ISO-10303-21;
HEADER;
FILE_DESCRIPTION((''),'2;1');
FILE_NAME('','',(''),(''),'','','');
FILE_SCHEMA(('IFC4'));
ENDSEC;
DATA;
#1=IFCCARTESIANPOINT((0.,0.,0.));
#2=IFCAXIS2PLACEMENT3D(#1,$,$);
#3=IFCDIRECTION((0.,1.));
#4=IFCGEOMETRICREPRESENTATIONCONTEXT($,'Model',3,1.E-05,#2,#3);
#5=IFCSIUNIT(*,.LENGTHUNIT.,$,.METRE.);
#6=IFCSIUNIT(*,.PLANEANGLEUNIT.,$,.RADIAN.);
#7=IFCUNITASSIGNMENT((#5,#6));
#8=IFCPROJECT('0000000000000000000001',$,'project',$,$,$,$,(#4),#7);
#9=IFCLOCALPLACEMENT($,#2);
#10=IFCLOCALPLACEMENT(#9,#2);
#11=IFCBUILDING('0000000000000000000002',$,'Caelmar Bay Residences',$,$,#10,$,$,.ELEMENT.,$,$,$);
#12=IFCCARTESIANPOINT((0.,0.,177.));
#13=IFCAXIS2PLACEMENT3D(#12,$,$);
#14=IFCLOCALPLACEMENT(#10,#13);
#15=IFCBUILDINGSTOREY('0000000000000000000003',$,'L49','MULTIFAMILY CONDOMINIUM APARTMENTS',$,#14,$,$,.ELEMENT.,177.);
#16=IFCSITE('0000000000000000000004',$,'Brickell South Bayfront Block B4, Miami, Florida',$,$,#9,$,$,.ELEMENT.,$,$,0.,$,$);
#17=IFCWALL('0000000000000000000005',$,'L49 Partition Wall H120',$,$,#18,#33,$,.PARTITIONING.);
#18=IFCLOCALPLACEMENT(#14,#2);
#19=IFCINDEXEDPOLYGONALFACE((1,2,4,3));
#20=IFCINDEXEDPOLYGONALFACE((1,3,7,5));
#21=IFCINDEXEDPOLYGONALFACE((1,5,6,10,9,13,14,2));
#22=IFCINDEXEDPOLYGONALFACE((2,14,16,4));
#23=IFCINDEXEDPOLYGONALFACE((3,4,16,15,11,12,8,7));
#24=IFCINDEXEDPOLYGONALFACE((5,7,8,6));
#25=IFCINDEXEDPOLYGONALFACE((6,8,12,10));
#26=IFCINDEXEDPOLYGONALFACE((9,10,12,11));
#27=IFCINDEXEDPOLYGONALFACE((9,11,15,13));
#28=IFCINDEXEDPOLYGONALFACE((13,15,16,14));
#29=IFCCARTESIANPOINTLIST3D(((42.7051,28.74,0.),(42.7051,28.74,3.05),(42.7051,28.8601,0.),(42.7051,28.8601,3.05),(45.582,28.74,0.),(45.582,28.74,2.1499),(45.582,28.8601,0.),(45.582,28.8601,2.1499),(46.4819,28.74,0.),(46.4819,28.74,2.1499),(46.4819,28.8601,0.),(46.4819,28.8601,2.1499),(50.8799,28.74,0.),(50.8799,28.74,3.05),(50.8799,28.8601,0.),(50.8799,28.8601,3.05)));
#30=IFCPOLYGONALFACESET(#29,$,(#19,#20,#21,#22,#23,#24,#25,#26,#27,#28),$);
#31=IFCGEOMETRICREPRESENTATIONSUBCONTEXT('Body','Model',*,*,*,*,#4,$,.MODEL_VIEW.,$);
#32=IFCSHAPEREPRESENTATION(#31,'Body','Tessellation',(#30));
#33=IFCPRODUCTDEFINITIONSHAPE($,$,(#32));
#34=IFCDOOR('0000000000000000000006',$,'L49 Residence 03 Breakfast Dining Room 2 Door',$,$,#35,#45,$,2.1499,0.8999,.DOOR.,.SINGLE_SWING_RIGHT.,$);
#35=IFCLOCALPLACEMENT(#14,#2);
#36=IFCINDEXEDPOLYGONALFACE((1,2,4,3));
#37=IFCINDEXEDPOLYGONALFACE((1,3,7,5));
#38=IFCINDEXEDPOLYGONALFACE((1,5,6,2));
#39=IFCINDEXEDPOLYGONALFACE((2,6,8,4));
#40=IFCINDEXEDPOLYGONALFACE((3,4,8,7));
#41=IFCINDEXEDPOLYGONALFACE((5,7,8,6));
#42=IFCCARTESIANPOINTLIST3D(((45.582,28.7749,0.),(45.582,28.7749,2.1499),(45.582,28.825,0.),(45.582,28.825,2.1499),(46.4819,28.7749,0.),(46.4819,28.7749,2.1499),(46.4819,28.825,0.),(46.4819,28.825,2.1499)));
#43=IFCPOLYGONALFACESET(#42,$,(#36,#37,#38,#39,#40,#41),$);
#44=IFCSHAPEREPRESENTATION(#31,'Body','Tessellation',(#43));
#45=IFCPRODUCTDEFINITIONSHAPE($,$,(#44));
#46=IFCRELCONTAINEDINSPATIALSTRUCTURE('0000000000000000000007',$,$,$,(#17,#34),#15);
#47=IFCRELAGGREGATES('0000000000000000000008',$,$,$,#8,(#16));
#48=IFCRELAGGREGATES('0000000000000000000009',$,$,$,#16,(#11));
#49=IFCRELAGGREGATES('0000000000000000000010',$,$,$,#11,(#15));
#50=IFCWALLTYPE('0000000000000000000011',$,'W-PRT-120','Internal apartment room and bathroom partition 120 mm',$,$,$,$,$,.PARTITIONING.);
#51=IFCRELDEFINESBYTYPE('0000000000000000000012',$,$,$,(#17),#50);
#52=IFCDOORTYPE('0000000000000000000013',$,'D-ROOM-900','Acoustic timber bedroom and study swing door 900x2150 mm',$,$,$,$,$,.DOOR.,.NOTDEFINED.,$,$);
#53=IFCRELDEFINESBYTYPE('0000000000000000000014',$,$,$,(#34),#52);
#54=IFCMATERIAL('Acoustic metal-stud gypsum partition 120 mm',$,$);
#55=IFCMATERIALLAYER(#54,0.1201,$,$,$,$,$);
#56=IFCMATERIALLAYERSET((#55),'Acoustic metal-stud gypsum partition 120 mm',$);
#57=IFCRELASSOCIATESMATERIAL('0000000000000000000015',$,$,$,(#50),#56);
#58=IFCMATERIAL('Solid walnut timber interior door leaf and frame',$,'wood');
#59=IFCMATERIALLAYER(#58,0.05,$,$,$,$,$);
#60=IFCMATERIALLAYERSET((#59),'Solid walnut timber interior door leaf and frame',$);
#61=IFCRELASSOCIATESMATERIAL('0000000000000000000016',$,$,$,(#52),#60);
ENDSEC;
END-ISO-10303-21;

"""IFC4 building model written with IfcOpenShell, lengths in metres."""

from ifc_helpers import new_model, si_unit, direction, frame, frame_2d, origin, place, context, subcontext, project, spatial, rectangle, extrude, material, layer, layer_set, type_object, element, fill, save


model = new_model("IFC4")

# Units and contexts
model_context = context("Model", 3, precision=1e-05, world=origin(), true_north=direction((0.0, 1.0)))
body_context = subcontext(model_context, "Body", "Model", "MODEL_VIEW")
ifc_project = project(units=[si_unit("LENGTHUNIT", "METRE"), si_unit("PLANEANGLEUNIT", "RADIAN")], contexts=[model_context])

# Site, building, storey
site_placement = place(None, origin())
site = spatial("IfcSite", under=ifc_project, at=site_placement, Name="Brickell South Bayfront Block B4, Miami, Florida", CompositionType="ELEMENT", RefElevation=0.0)
building_placement = place(site_placement, origin())
building = spatial("IfcBuilding", under=site, at=building_placement, Name="Caelmar Bay Residences", CompositionType="ELEMENT")
storey_placement = place(building_placement, frame((0.0, 0.0, 177.0)))
storey = spatial("IfcBuildingStorey", under=building, at=storey_placement, Name="L49", Description="MULTIFAMILY CONDOMINIUM APARTMENTS", CompositionType="ELEMENT", Elevation=177.0)

# Shared definitions
ifc_material_1 = material(Name="Acoustic metal-stud gypsum partition 120 mm")
ifc_layer_1 = layer(ifc_material_1, 0.1201)
ifc_layer_set_1 = layer_set([ifc_layer_1], Name="Acoustic metal-stud gypsum partition 120 mm")
wall_type = type_object("IfcWallType", Name="W-PRT-120", Description="Internal apartment room and bathroom partition 120 mm", PredefinedType="PARTITIONING", material=ifc_layer_set_1)

# Shared definitions
ifc_material_2 = material(Name="Solid walnut timber interior door leaf and frame", Category="wood")
ifc_layer_2 = layer(ifc_material_2, 0.05)
ifc_layer_set_2 = layer_set([ifc_layer_2], Name="Solid walnut timber interior door leaf and frame")
door_type = type_object("IfcDoorType", Name="D-ROOM-900", Description="Acoustic timber bedroom and study swing door 900x2150 mm", OperationType="NOTDEFINED", PredefinedType="DOOR", material=ifc_layer_set_2)

# Wall, opening, door
wall_1_placement = place(storey_placement, frame((42.7051, 28.8, 0.0), z_axis=(0.0, 0.0, 1.0), x_axis=(1.0, 0.0, 0.0)))
wall_1 = element("IfcWall", 1, at=wall_1_placement, inside=storey, type_object=wall_type, Name="L49 Partition Wall H120", PredefinedType="PARTITIONING", context=body_context, shape_type="SweptSolid", body=[
    extrude(rectangle(XDim=8.1748, YDim=0.1201, at=frame_2d((4.0874, 0.0))), origin(), (0.0, 0.0, 1.0), 3.05),
])
opening_1_placement = place(wall_1_placement, frame((2.877, 0.0, 0.0)))
opening_1 = element("IfcOpeningElement", 2, at=opening_1_placement, cuts=wall_1, PredefinedType="OPENING", context=body_context, shape_type="SweptSolid", body=[
    extrude(rectangle(XDim=0.8999, YDim=2.1499, at=frame_2d((0.45, 1.075))), frame((0.0, 0.0701, 0.0), z_axis=(0.0, -1.0, 0.0), x_axis=(1.0, 0.0, 0.0)), (0.0, 0.0, 1.0), 0.1401),
])
door_1_placement = place(opening_1_placement, origin())
door_1 = element("IfcDoor", 3, at=door_1_placement, inside=storey, type_object=door_type, Name="L49 Residence 03 Breakfast Dining Room 2 Door", OperationType="SINGLE_SWING_RIGHT", OverallHeight=2.1499, OverallWidth=0.8999, PredefinedType="DOOR", context=body_context, shape_type="SweptSolid", body=[
    extrude(rectangle(XDim=0.8999, YDim=2.1499, at=frame_2d((0.45, 1.075))), frame((0.0, 0.0249, 0.0), z_axis=(0.0, -1.0, 0.0), x_axis=(1.0, 0.0, 0.0)), (0.0, 0.0, 1.0), 0.05),
])
fill(opening_1, door_1)

save(model, "model.ifc")
